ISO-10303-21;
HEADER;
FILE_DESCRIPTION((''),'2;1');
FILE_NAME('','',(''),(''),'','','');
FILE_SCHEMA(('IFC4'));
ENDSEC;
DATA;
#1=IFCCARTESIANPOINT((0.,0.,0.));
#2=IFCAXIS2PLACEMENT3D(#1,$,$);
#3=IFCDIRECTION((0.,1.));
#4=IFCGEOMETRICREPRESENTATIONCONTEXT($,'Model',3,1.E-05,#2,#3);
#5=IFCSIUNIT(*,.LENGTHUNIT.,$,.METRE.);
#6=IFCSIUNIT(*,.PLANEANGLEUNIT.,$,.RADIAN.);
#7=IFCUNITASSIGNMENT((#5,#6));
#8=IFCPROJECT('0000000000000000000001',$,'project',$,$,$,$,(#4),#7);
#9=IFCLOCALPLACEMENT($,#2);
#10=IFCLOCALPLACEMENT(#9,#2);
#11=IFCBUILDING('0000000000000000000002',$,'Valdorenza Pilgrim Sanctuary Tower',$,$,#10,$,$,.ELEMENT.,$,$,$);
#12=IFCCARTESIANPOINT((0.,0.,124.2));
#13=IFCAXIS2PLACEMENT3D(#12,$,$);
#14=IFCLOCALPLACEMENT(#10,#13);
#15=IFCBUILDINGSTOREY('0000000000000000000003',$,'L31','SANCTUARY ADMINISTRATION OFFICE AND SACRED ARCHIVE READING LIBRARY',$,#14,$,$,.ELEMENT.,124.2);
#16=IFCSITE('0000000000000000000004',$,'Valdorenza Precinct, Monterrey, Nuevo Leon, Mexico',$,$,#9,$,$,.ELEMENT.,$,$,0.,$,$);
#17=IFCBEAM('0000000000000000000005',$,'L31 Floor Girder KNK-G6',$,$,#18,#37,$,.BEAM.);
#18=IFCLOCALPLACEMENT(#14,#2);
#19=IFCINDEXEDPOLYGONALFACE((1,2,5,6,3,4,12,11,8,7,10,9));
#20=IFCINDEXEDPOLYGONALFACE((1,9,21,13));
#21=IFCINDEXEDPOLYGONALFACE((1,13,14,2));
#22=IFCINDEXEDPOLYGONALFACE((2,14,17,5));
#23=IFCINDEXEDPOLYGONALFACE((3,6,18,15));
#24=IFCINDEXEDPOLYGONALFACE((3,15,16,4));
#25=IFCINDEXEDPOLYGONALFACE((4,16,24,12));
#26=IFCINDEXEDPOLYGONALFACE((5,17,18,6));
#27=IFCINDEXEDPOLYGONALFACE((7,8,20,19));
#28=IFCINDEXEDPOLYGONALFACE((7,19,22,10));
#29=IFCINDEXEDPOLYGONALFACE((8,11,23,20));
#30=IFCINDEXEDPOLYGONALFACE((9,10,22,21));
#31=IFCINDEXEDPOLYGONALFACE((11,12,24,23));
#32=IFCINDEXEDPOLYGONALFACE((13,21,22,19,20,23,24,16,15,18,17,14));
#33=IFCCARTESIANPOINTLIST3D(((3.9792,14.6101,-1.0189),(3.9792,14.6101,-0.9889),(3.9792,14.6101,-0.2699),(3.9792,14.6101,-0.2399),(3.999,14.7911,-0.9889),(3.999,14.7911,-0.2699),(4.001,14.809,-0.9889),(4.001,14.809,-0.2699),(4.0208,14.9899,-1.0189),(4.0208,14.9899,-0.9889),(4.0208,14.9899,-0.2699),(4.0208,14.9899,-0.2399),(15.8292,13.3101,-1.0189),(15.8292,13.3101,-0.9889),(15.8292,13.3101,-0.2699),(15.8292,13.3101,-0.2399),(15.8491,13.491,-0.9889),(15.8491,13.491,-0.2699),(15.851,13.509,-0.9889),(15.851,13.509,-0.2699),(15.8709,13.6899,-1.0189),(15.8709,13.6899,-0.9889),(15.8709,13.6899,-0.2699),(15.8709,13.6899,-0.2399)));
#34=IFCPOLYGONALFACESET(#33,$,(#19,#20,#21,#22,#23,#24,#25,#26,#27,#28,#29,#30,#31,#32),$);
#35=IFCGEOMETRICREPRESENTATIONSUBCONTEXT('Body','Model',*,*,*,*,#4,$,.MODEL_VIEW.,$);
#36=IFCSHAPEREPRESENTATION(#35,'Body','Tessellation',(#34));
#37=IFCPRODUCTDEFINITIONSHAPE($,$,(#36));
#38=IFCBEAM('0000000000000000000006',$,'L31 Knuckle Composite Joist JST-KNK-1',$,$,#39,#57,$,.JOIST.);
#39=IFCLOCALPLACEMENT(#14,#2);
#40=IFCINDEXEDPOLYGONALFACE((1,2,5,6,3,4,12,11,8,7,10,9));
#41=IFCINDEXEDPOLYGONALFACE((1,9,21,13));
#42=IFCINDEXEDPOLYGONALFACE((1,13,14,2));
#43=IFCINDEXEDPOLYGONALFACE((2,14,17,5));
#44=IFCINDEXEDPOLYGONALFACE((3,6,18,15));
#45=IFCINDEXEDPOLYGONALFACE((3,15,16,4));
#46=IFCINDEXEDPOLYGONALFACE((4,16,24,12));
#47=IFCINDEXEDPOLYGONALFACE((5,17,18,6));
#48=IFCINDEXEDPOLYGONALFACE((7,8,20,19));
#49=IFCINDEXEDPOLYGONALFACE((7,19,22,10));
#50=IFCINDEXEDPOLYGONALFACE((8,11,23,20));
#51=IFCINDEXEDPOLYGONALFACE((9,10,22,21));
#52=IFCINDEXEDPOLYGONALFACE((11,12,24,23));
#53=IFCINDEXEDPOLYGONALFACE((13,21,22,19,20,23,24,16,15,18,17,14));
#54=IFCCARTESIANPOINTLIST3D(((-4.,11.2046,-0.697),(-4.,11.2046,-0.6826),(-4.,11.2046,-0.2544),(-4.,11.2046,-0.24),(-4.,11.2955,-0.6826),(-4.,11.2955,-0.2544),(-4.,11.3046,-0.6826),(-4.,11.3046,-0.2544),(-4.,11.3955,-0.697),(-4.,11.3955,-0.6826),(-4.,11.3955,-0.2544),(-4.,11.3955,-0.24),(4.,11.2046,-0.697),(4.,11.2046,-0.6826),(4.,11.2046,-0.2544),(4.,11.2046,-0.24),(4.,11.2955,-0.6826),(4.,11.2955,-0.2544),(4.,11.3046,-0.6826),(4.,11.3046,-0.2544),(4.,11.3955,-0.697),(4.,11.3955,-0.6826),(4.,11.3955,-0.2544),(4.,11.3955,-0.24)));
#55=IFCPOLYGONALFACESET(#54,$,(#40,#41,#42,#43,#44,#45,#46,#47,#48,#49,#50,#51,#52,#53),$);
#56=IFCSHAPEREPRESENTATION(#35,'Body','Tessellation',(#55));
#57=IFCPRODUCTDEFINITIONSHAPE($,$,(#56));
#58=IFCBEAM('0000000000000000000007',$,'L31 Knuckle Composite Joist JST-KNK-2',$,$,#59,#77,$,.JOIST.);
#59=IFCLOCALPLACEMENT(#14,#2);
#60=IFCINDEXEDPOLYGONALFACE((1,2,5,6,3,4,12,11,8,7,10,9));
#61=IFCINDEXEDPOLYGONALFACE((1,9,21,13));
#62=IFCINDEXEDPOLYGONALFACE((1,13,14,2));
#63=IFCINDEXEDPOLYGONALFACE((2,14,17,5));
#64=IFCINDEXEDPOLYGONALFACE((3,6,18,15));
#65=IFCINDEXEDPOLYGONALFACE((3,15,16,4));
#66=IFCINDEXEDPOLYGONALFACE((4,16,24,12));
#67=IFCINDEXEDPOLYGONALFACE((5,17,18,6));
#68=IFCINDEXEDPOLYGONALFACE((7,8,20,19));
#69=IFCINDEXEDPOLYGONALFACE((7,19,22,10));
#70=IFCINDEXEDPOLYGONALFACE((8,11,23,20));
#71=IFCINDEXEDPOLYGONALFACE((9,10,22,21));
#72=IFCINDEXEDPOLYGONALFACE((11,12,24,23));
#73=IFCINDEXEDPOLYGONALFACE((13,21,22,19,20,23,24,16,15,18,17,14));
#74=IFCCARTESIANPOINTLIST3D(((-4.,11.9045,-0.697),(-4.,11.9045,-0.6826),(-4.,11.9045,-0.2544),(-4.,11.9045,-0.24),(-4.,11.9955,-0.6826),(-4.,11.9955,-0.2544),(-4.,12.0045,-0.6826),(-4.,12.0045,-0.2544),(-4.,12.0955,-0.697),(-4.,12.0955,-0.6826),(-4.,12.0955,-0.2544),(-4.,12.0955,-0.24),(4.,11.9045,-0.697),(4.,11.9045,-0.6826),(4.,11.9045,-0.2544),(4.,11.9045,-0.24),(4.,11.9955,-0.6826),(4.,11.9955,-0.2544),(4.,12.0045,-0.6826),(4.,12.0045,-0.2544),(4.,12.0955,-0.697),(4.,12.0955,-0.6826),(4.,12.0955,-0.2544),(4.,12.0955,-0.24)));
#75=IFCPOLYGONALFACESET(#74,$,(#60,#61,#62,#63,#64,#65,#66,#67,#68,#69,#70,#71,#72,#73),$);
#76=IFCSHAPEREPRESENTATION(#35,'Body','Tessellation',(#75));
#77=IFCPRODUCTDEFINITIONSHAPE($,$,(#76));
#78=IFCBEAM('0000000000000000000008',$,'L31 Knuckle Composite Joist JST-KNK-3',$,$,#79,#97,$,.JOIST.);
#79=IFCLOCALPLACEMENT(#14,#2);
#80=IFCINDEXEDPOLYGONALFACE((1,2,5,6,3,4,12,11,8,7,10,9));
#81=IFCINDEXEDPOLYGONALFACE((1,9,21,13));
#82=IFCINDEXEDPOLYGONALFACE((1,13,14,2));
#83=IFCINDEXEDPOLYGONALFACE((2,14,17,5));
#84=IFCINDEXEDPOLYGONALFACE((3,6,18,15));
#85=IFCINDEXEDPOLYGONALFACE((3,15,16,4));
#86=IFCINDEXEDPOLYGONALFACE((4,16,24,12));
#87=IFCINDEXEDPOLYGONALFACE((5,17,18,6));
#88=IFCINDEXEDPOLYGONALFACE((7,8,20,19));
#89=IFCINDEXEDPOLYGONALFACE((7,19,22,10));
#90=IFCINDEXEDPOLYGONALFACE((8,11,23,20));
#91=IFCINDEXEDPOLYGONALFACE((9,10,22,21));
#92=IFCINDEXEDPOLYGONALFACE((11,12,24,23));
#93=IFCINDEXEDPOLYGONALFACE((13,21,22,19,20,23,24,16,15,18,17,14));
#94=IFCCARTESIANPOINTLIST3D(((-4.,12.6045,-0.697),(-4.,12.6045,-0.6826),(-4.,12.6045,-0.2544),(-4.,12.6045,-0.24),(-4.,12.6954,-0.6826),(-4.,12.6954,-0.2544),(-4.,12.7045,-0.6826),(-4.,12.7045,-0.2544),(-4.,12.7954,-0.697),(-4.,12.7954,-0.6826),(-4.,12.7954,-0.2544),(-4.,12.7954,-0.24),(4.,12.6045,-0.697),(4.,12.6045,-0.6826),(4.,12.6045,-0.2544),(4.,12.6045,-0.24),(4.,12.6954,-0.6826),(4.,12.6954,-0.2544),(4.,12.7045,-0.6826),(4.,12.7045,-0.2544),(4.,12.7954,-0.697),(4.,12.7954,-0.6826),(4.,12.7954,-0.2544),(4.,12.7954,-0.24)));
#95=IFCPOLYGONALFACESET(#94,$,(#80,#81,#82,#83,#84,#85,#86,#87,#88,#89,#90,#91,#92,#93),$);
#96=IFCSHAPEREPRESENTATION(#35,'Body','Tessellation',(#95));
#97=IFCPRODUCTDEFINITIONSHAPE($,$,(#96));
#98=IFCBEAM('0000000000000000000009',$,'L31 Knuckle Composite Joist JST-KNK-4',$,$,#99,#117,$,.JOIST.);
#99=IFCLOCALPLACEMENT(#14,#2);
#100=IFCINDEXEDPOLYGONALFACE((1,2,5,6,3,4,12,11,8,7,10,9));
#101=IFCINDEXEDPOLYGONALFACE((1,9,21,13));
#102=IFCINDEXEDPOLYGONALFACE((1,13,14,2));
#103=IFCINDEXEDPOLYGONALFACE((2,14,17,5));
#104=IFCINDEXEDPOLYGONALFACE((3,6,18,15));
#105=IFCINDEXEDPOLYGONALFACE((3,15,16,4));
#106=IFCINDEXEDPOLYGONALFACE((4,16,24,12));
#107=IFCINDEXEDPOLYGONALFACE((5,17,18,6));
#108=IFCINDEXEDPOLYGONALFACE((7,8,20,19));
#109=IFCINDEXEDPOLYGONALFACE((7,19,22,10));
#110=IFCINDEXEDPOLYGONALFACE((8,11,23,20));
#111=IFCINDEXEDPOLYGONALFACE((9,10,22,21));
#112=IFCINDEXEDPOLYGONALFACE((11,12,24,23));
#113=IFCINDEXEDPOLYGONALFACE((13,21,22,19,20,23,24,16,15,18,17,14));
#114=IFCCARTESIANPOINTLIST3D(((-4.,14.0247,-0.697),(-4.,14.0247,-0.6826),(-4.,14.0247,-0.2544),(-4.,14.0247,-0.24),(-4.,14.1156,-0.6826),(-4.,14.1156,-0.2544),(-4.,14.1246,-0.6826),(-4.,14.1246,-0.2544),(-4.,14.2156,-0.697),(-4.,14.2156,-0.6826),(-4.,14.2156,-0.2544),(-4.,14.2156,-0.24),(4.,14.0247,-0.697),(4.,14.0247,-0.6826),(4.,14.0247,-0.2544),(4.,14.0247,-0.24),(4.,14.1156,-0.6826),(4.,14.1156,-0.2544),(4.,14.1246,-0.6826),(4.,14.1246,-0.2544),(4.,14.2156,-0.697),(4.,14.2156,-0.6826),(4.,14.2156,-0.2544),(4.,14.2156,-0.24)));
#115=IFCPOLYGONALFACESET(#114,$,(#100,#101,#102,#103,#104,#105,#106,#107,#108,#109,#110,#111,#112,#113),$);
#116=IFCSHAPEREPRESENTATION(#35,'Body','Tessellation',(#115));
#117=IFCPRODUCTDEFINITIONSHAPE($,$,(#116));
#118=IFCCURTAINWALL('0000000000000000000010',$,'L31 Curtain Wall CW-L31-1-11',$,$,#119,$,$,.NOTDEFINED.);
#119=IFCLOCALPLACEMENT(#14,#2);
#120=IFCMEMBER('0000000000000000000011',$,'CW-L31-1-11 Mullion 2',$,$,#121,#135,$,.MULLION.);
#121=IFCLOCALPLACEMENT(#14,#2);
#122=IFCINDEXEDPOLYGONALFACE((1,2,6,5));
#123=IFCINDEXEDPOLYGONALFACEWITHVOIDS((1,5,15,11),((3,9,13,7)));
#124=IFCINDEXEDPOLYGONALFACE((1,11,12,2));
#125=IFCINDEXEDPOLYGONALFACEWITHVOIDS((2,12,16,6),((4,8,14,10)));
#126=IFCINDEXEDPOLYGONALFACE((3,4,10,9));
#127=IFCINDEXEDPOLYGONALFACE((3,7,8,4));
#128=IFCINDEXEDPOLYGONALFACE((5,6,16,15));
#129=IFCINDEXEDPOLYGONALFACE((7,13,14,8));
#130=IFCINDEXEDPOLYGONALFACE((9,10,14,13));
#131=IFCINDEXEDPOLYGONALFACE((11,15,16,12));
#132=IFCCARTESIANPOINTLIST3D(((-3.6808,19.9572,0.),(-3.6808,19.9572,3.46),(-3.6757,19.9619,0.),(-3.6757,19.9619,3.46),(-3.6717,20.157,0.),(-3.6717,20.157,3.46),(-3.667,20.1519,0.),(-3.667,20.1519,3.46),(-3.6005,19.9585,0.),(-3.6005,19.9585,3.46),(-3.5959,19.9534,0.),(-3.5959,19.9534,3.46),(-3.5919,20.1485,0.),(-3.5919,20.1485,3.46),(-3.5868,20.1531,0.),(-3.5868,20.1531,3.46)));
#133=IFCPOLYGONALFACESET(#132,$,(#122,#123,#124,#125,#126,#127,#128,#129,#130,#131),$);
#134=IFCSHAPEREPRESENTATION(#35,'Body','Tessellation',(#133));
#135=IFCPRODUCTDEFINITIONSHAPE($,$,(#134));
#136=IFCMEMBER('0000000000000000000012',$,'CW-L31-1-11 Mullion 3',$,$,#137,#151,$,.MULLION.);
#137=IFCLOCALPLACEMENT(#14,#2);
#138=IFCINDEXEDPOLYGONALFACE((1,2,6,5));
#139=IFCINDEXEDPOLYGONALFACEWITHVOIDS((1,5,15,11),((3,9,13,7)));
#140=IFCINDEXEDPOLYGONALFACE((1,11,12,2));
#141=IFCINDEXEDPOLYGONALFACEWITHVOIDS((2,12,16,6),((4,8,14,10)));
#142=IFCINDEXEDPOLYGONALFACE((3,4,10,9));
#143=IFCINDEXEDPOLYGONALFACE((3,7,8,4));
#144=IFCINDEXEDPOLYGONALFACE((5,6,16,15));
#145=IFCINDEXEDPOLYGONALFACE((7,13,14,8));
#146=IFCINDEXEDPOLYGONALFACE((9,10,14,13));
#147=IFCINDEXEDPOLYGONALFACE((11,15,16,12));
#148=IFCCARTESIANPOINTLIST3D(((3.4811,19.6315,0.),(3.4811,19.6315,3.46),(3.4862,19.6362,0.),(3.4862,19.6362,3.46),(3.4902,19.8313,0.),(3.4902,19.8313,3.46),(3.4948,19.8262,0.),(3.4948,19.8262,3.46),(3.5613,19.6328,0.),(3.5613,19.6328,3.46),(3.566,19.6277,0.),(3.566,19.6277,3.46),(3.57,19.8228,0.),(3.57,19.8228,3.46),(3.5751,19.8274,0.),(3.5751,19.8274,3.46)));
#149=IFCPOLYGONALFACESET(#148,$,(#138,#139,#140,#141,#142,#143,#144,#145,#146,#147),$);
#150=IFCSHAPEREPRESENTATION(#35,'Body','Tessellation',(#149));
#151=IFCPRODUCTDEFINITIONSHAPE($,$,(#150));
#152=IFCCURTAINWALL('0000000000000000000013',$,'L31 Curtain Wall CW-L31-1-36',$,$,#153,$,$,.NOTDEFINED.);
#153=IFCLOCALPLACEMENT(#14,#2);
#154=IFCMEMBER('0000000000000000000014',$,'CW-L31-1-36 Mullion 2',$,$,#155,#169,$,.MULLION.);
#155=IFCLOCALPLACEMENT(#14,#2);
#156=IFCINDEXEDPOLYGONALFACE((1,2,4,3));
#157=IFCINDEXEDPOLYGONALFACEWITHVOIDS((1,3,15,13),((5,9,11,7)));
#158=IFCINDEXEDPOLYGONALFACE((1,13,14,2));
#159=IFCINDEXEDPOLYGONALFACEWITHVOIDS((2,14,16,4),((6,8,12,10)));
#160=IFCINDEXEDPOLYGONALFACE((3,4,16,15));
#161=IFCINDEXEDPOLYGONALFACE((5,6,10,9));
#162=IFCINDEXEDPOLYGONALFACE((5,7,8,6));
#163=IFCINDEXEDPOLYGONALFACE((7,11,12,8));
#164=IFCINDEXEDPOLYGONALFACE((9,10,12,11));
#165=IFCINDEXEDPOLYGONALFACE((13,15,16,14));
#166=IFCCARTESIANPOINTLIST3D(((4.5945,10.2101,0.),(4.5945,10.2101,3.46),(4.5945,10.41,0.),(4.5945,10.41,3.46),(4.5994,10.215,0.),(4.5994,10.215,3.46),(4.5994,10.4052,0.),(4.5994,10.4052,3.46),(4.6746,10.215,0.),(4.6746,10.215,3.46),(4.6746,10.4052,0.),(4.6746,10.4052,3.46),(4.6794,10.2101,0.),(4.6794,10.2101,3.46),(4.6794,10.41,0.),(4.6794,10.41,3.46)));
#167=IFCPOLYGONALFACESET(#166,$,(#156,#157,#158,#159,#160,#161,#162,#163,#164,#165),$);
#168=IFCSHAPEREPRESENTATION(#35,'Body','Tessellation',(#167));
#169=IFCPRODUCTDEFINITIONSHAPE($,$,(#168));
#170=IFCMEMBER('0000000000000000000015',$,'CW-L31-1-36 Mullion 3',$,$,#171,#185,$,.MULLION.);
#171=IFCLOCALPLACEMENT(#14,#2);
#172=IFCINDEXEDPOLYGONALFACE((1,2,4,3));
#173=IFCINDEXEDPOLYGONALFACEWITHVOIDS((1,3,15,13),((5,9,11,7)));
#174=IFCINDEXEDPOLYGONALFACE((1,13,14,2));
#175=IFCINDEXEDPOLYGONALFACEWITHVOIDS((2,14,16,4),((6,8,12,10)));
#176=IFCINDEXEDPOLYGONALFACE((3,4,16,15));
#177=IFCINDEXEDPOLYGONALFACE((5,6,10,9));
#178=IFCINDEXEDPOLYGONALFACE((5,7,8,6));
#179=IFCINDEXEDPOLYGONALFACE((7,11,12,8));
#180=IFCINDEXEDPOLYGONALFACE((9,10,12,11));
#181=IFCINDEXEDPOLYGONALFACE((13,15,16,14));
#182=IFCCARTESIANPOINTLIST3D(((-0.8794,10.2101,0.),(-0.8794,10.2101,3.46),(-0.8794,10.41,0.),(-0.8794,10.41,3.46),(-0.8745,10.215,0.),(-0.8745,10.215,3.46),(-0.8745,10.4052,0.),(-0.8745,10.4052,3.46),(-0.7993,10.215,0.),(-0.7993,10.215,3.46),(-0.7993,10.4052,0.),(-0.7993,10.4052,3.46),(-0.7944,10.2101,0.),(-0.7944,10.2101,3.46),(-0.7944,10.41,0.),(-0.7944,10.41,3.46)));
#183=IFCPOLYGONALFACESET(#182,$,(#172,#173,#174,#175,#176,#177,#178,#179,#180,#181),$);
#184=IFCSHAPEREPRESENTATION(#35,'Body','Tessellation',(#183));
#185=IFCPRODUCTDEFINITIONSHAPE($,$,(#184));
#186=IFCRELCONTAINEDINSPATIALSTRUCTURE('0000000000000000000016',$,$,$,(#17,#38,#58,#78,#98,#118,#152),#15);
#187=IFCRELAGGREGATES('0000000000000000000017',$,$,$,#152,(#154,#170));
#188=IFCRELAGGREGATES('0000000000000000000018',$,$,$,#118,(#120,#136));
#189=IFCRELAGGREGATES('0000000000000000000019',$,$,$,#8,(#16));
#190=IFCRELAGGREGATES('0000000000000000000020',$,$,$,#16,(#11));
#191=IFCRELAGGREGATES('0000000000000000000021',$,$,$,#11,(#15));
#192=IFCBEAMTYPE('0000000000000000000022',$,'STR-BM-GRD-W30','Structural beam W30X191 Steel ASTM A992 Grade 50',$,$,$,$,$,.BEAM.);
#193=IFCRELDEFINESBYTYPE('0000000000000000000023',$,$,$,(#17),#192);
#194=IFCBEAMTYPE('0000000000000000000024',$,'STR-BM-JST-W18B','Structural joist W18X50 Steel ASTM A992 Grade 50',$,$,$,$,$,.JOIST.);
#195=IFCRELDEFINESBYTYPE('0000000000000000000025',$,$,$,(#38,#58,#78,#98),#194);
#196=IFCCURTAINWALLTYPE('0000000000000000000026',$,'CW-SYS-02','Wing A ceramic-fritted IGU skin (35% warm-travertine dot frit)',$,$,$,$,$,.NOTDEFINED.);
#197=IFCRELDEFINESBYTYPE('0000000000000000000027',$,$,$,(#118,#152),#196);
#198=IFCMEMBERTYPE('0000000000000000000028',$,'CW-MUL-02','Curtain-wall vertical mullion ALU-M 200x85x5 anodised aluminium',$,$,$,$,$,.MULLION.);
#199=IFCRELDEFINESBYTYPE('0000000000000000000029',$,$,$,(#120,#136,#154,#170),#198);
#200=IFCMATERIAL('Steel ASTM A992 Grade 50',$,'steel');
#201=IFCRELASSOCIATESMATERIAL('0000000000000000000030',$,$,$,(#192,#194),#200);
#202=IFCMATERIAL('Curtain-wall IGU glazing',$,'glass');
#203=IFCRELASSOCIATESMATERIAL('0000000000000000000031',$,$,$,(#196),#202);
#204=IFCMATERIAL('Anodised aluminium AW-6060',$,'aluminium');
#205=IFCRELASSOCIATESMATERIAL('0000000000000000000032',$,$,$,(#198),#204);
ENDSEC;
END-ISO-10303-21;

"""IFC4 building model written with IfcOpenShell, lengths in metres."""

from ifc_helpers import new_model, si_unit, direction, frame, origin, origin_2d, place, context, subcontext, project, spatial, hollow_rectangle, i_section, extrude, source, transform, mapped, material, material_profile, profile_set, type_object, element, aggregate, save


model = new_model("IFC4")

# Units and contexts
model_context = context("Model", 3, precision=1e-05, world=origin(), true_north=direction((0.0, 1.0)))
body_context = subcontext(model_context, "Body", "Model", "MODEL_VIEW")
ifc_project = project(units=[si_unit("LENGTHUNIT", "METRE"), si_unit("PLANEANGLEUNIT", "RADIAN")], contexts=[model_context])

# Site, building, storey
site_placement = place(None, origin())
site = spatial("IfcSite", under=ifc_project, at=site_placement, Name="Valdorenza Precinct, Monterrey, Nuevo Leon, Mexico", CompositionType="ELEMENT", RefElevation=0.0)
building_placement = place(site_placement, origin())
building = spatial("IfcBuilding", under=site, at=building_placement, Name="Valdorenza Pilgrim Sanctuary Tower", CompositionType="ELEMENT")
storey_placement = place(building_placement, frame((0.0, 0.0, 124.2)))
storey = spatial("IfcBuildingStorey", under=building, at=storey_placement, Name="L31", Description="SANCTUARY ADMINISTRATION OFFICE AND SACRED ARCHIVE READING LIBRARY", CompositionType="ELEMENT", Elevation=124.2)

# Shared definitions
ifc_material_1 = material(Name="Steel ASTM A992 Grade 50", Category="steel")

# Beams
ifc_material_profile_1 = material_profile(ifc_material_1, i_section(OverallWidth=0.3821, OverallDepth=0.7791, WebThickness=0.0181, FlangeThickness=0.03, at=origin_2d()), Name="W30X191")
ifc_profile_set_1 = profile_set([ifc_material_profile_1], Name="Steel ASTM A992 Grade 50")
beam_type_1 = type_object("IfcBeamType", Name="STR-BM-GRD-W30", Description="Structural beam W30X191 Steel ASTM A992 Grade 50", PredefinedType="BEAM", material=ifc_profile_set_1)
shared_shape_1 = source(origin(), body_context, "Body", "SweptSolid", [
    extrude(i_section(OverallWidth=0.3821, OverallDepth=0.7791, WebThickness=0.0181, FlangeThickness=0.03, at=origin_2d()), origin(), (0.0, 0.0, 1.0), 11.9211),
])
beam_1_placement = place(storey_placement, frame((4.0, 14.8, -0.6294), z_axis=(0.994036, -0.109054, 0.0), x_axis=(0.109054, 0.994036, 0.0)))
element("IfcBeam", 1, at=beam_1_placement, inside=storey, type_object=beam_type_1, Name="L31 Floor Girder KNK-G6", PredefinedType="BEAM", context=body_context, shape_type="MappedRepresentation", body=[
    mapped(shared_shape_1, transform((0.0, 0.0, 0.0), x_axis=(1.0, 0.0, 0.0), y_axis=(0.0, 1.0, 0.0), z_axis=(0.0, 0.0, 1.0), scale=1.0)),
])
ifc_material_profile_2 = material_profile(ifc_material_1, i_section(OverallWidth=0.1909, OverallDepth=0.457, WebThickness=0.009, FlangeThickness=0.0144, at=origin_2d()), Name="W18X50")
ifc_profile_set_2 = profile_set([ifc_material_profile_2], Name="Steel ASTM A992 Grade 50")
beam_type_2 = type_object("IfcBeamType", Name="STR-BM-JST-W18B", Description="Structural joist W18X50 Steel ASTM A992 Grade 50", PredefinedType="JOIST", material=ifc_profile_set_2)
shared_shape_2 = source(origin(), body_context, "Body", "SweptSolid", [
    extrude(i_section(OverallWidth=0.1909, OverallDepth=0.457, WebThickness=0.009, FlangeThickness=0.0144, at=origin_2d()), origin(), (0.0, 0.0, 1.0), 8.0),
])
for number, where, z_axis, x_axis, name in (
    (2, (-4.0, 11.3, -0.4685), (1.0, 0.0, 0.0), (0.0, 1.0, 0.0), "L31 Knuckle Composite Joist JST-KNK-1"),
    (3, (-4.0, 12.0, -0.4685), (1.0, 0.0, 0.0), (0.0, 1.0, 0.0), "L31 Knuckle Composite Joist JST-KNK-2"),
    (4, (-4.0, 12.7, -0.4685), (1.0, 0.0, 0.0), (0.0, 1.0, 0.0), "L31 Knuckle Composite Joist JST-KNK-3"),
    (5, (-4.0, 14.1201, -0.4685), (1.0, 0.0, 0.0), (0.0, 1.0, 0.0), "L31 Knuckle Composite Joist JST-KNK-4"),
):
    element("IfcBeam", number, at=place(storey_placement, frame(where, z_axis=z_axis, x_axis=x_axis)), inside=storey, type_object=beam_type_2, Name=name, PredefinedType="JOIST", context=body_context, shape_type="MappedRepresentation", body=[
        mapped(shared_shape_2, transform((0.0, 0.0, 0.0), x_axis=(1.0, 0.0, 0.0), y_axis=(0.0, 1.0, 0.0), z_axis=(0.0, 0.0, 1.0), scale=1.0)),
    ])

# Curtain wall, members
ifc_material_2 = material(Name="Curtain-wall IGU glazing", Category="glass")
curtain_wall_type = type_object("IfcCurtainWallType", Name="CW-SYS-02", Description="Wing A ceramic-fritted IGU skin (35% warm-travertine dot frit)", PredefinedType="NOTDEFINED", material=ifc_material_2)
curtain_wall_1_placement = place(storey_placement, origin())
curtain_wall_1 = element("IfcCurtainWall", 6, at=curtain_wall_1_placement, inside=storey, type_object=curtain_wall_type, Name="L31 Curtain Wall CW-L31-1-11", PredefinedType="NOTDEFINED")
ifc_material_3 = material(Name="Anodised aluminium AW-6060", Category="aluminium")
ifc_material_profile_3 = material_profile(ifc_material_3, hollow_rectangle(XDim=0.085, YDim=0.2, WallThickness=0.0049, at=origin_2d()), Name="ALU-M 200x85x5")
ifc_profile_set_3 = profile_set([ifc_material_profile_3], Name="Anodised aluminium AW-6060")
member_type = type_object("IfcMemberType", Name="CW-MUL-02", Description="Curtain-wall vertical mullion ALU-M 200x85x5 anodised aluminium", PredefinedType="MULLION", material=ifc_profile_set_3)
shared_shape_3 = source(origin(), body_context, "Body", "SweptSolid", [
    extrude(hollow_rectangle(XDim=0.085, YDim=0.2, WallThickness=0.0049, at=origin_2d()), origin(), (0.0, 0.0, 1.0), 3.46),
])
member_1_placement = place(storey_placement, frame((-3.6338, 20.0552, 0.0), z_axis=(0.0, 0.0, 1.0), x_axis=(0.998968, -0.045415, 0.0)))
member_1 = element("IfcMember", 7, at=member_1_placement, type_object=member_type, Name="CW-L31-1-11 Mullion 2", PredefinedType="MULLION", context=body_context, shape_type="MappedRepresentation", body=[
    mapped(shared_shape_3, transform((0.0, 0.0, 0.0), x_axis=(1.0, 0.0, 0.0), y_axis=(0.0, 1.0, 0.0), z_axis=(0.0, 0.0, 1.0), scale=1.0)),
])
member_2_placement = place(storey_placement, frame((3.5281, 19.7295, 0.0), z_axis=(0.0, 0.0, 1.0), x_axis=(0.998968, -0.045415, 0.0)))
member_2 = element("IfcMember", 8, at=member_2_placement, type_object=member_type, Name="CW-L31-1-11 Mullion 3", PredefinedType="MULLION", context=body_context, shape_type="MappedRepresentation", body=[
    mapped(shared_shape_3, transform((0.0, 0.0, 0.0), x_axis=(1.0, 0.0, 0.0), y_axis=(0.0, 1.0, 0.0), z_axis=(0.0, 0.0, 1.0), scale=1.0)),
])

# Curtain wall, members
curtain_wall_2_placement = place(storey_placement, origin())
curtain_wall_2 = element("IfcCurtainWall", 9, at=curtain_wall_2_placement, inside=storey, type_object=curtain_wall_type, Name="L31 Curtain Wall CW-L31-1-36", PredefinedType="NOTDEFINED")
member_3_placement = place(storey_placement, frame((4.637, 10.3101, 0.0), z_axis=(0.0, 0.0, 1.0), x_axis=(-1.0, 0.0, 0.0)))
member_3 = element("IfcMember", 10, at=member_3_placement, type_object=member_type, Name="CW-L31-1-36 Mullion 2", PredefinedType="MULLION", context=body_context, shape_type="MappedRepresentation", body=[
    mapped(shared_shape_3, transform((0.0, 0.0, 0.0), x_axis=(1.0, 0.0, 0.0), y_axis=(0.0, 1.0, 0.0), z_axis=(0.0, 0.0, 1.0), scale=1.0)),
])
member_4_placement = place(storey_placement, frame((-0.8369, 10.3101, 0.0), z_axis=(0.0, 0.0, 1.0), x_axis=(-1.0, 0.0, 0.0)))
member_4 = element("IfcMember", 11, at=member_4_placement, type_object=member_type, Name="CW-L31-1-36 Mullion 3", PredefinedType="MULLION", context=body_context, shape_type="MappedRepresentation", body=[
    mapped(shared_shape_3, transform((0.0, 0.0, 0.0), x_axis=(1.0, 0.0, 0.0), y_axis=(0.0, 1.0, 0.0), z_axis=(0.0, 0.0, 1.0), scale=1.0)),
])
aggregate(curtain_wall_2, [member_3, member_4])

aggregate(curtain_wall_1, [member_1, member_2])

save(model, "model.ifc")
